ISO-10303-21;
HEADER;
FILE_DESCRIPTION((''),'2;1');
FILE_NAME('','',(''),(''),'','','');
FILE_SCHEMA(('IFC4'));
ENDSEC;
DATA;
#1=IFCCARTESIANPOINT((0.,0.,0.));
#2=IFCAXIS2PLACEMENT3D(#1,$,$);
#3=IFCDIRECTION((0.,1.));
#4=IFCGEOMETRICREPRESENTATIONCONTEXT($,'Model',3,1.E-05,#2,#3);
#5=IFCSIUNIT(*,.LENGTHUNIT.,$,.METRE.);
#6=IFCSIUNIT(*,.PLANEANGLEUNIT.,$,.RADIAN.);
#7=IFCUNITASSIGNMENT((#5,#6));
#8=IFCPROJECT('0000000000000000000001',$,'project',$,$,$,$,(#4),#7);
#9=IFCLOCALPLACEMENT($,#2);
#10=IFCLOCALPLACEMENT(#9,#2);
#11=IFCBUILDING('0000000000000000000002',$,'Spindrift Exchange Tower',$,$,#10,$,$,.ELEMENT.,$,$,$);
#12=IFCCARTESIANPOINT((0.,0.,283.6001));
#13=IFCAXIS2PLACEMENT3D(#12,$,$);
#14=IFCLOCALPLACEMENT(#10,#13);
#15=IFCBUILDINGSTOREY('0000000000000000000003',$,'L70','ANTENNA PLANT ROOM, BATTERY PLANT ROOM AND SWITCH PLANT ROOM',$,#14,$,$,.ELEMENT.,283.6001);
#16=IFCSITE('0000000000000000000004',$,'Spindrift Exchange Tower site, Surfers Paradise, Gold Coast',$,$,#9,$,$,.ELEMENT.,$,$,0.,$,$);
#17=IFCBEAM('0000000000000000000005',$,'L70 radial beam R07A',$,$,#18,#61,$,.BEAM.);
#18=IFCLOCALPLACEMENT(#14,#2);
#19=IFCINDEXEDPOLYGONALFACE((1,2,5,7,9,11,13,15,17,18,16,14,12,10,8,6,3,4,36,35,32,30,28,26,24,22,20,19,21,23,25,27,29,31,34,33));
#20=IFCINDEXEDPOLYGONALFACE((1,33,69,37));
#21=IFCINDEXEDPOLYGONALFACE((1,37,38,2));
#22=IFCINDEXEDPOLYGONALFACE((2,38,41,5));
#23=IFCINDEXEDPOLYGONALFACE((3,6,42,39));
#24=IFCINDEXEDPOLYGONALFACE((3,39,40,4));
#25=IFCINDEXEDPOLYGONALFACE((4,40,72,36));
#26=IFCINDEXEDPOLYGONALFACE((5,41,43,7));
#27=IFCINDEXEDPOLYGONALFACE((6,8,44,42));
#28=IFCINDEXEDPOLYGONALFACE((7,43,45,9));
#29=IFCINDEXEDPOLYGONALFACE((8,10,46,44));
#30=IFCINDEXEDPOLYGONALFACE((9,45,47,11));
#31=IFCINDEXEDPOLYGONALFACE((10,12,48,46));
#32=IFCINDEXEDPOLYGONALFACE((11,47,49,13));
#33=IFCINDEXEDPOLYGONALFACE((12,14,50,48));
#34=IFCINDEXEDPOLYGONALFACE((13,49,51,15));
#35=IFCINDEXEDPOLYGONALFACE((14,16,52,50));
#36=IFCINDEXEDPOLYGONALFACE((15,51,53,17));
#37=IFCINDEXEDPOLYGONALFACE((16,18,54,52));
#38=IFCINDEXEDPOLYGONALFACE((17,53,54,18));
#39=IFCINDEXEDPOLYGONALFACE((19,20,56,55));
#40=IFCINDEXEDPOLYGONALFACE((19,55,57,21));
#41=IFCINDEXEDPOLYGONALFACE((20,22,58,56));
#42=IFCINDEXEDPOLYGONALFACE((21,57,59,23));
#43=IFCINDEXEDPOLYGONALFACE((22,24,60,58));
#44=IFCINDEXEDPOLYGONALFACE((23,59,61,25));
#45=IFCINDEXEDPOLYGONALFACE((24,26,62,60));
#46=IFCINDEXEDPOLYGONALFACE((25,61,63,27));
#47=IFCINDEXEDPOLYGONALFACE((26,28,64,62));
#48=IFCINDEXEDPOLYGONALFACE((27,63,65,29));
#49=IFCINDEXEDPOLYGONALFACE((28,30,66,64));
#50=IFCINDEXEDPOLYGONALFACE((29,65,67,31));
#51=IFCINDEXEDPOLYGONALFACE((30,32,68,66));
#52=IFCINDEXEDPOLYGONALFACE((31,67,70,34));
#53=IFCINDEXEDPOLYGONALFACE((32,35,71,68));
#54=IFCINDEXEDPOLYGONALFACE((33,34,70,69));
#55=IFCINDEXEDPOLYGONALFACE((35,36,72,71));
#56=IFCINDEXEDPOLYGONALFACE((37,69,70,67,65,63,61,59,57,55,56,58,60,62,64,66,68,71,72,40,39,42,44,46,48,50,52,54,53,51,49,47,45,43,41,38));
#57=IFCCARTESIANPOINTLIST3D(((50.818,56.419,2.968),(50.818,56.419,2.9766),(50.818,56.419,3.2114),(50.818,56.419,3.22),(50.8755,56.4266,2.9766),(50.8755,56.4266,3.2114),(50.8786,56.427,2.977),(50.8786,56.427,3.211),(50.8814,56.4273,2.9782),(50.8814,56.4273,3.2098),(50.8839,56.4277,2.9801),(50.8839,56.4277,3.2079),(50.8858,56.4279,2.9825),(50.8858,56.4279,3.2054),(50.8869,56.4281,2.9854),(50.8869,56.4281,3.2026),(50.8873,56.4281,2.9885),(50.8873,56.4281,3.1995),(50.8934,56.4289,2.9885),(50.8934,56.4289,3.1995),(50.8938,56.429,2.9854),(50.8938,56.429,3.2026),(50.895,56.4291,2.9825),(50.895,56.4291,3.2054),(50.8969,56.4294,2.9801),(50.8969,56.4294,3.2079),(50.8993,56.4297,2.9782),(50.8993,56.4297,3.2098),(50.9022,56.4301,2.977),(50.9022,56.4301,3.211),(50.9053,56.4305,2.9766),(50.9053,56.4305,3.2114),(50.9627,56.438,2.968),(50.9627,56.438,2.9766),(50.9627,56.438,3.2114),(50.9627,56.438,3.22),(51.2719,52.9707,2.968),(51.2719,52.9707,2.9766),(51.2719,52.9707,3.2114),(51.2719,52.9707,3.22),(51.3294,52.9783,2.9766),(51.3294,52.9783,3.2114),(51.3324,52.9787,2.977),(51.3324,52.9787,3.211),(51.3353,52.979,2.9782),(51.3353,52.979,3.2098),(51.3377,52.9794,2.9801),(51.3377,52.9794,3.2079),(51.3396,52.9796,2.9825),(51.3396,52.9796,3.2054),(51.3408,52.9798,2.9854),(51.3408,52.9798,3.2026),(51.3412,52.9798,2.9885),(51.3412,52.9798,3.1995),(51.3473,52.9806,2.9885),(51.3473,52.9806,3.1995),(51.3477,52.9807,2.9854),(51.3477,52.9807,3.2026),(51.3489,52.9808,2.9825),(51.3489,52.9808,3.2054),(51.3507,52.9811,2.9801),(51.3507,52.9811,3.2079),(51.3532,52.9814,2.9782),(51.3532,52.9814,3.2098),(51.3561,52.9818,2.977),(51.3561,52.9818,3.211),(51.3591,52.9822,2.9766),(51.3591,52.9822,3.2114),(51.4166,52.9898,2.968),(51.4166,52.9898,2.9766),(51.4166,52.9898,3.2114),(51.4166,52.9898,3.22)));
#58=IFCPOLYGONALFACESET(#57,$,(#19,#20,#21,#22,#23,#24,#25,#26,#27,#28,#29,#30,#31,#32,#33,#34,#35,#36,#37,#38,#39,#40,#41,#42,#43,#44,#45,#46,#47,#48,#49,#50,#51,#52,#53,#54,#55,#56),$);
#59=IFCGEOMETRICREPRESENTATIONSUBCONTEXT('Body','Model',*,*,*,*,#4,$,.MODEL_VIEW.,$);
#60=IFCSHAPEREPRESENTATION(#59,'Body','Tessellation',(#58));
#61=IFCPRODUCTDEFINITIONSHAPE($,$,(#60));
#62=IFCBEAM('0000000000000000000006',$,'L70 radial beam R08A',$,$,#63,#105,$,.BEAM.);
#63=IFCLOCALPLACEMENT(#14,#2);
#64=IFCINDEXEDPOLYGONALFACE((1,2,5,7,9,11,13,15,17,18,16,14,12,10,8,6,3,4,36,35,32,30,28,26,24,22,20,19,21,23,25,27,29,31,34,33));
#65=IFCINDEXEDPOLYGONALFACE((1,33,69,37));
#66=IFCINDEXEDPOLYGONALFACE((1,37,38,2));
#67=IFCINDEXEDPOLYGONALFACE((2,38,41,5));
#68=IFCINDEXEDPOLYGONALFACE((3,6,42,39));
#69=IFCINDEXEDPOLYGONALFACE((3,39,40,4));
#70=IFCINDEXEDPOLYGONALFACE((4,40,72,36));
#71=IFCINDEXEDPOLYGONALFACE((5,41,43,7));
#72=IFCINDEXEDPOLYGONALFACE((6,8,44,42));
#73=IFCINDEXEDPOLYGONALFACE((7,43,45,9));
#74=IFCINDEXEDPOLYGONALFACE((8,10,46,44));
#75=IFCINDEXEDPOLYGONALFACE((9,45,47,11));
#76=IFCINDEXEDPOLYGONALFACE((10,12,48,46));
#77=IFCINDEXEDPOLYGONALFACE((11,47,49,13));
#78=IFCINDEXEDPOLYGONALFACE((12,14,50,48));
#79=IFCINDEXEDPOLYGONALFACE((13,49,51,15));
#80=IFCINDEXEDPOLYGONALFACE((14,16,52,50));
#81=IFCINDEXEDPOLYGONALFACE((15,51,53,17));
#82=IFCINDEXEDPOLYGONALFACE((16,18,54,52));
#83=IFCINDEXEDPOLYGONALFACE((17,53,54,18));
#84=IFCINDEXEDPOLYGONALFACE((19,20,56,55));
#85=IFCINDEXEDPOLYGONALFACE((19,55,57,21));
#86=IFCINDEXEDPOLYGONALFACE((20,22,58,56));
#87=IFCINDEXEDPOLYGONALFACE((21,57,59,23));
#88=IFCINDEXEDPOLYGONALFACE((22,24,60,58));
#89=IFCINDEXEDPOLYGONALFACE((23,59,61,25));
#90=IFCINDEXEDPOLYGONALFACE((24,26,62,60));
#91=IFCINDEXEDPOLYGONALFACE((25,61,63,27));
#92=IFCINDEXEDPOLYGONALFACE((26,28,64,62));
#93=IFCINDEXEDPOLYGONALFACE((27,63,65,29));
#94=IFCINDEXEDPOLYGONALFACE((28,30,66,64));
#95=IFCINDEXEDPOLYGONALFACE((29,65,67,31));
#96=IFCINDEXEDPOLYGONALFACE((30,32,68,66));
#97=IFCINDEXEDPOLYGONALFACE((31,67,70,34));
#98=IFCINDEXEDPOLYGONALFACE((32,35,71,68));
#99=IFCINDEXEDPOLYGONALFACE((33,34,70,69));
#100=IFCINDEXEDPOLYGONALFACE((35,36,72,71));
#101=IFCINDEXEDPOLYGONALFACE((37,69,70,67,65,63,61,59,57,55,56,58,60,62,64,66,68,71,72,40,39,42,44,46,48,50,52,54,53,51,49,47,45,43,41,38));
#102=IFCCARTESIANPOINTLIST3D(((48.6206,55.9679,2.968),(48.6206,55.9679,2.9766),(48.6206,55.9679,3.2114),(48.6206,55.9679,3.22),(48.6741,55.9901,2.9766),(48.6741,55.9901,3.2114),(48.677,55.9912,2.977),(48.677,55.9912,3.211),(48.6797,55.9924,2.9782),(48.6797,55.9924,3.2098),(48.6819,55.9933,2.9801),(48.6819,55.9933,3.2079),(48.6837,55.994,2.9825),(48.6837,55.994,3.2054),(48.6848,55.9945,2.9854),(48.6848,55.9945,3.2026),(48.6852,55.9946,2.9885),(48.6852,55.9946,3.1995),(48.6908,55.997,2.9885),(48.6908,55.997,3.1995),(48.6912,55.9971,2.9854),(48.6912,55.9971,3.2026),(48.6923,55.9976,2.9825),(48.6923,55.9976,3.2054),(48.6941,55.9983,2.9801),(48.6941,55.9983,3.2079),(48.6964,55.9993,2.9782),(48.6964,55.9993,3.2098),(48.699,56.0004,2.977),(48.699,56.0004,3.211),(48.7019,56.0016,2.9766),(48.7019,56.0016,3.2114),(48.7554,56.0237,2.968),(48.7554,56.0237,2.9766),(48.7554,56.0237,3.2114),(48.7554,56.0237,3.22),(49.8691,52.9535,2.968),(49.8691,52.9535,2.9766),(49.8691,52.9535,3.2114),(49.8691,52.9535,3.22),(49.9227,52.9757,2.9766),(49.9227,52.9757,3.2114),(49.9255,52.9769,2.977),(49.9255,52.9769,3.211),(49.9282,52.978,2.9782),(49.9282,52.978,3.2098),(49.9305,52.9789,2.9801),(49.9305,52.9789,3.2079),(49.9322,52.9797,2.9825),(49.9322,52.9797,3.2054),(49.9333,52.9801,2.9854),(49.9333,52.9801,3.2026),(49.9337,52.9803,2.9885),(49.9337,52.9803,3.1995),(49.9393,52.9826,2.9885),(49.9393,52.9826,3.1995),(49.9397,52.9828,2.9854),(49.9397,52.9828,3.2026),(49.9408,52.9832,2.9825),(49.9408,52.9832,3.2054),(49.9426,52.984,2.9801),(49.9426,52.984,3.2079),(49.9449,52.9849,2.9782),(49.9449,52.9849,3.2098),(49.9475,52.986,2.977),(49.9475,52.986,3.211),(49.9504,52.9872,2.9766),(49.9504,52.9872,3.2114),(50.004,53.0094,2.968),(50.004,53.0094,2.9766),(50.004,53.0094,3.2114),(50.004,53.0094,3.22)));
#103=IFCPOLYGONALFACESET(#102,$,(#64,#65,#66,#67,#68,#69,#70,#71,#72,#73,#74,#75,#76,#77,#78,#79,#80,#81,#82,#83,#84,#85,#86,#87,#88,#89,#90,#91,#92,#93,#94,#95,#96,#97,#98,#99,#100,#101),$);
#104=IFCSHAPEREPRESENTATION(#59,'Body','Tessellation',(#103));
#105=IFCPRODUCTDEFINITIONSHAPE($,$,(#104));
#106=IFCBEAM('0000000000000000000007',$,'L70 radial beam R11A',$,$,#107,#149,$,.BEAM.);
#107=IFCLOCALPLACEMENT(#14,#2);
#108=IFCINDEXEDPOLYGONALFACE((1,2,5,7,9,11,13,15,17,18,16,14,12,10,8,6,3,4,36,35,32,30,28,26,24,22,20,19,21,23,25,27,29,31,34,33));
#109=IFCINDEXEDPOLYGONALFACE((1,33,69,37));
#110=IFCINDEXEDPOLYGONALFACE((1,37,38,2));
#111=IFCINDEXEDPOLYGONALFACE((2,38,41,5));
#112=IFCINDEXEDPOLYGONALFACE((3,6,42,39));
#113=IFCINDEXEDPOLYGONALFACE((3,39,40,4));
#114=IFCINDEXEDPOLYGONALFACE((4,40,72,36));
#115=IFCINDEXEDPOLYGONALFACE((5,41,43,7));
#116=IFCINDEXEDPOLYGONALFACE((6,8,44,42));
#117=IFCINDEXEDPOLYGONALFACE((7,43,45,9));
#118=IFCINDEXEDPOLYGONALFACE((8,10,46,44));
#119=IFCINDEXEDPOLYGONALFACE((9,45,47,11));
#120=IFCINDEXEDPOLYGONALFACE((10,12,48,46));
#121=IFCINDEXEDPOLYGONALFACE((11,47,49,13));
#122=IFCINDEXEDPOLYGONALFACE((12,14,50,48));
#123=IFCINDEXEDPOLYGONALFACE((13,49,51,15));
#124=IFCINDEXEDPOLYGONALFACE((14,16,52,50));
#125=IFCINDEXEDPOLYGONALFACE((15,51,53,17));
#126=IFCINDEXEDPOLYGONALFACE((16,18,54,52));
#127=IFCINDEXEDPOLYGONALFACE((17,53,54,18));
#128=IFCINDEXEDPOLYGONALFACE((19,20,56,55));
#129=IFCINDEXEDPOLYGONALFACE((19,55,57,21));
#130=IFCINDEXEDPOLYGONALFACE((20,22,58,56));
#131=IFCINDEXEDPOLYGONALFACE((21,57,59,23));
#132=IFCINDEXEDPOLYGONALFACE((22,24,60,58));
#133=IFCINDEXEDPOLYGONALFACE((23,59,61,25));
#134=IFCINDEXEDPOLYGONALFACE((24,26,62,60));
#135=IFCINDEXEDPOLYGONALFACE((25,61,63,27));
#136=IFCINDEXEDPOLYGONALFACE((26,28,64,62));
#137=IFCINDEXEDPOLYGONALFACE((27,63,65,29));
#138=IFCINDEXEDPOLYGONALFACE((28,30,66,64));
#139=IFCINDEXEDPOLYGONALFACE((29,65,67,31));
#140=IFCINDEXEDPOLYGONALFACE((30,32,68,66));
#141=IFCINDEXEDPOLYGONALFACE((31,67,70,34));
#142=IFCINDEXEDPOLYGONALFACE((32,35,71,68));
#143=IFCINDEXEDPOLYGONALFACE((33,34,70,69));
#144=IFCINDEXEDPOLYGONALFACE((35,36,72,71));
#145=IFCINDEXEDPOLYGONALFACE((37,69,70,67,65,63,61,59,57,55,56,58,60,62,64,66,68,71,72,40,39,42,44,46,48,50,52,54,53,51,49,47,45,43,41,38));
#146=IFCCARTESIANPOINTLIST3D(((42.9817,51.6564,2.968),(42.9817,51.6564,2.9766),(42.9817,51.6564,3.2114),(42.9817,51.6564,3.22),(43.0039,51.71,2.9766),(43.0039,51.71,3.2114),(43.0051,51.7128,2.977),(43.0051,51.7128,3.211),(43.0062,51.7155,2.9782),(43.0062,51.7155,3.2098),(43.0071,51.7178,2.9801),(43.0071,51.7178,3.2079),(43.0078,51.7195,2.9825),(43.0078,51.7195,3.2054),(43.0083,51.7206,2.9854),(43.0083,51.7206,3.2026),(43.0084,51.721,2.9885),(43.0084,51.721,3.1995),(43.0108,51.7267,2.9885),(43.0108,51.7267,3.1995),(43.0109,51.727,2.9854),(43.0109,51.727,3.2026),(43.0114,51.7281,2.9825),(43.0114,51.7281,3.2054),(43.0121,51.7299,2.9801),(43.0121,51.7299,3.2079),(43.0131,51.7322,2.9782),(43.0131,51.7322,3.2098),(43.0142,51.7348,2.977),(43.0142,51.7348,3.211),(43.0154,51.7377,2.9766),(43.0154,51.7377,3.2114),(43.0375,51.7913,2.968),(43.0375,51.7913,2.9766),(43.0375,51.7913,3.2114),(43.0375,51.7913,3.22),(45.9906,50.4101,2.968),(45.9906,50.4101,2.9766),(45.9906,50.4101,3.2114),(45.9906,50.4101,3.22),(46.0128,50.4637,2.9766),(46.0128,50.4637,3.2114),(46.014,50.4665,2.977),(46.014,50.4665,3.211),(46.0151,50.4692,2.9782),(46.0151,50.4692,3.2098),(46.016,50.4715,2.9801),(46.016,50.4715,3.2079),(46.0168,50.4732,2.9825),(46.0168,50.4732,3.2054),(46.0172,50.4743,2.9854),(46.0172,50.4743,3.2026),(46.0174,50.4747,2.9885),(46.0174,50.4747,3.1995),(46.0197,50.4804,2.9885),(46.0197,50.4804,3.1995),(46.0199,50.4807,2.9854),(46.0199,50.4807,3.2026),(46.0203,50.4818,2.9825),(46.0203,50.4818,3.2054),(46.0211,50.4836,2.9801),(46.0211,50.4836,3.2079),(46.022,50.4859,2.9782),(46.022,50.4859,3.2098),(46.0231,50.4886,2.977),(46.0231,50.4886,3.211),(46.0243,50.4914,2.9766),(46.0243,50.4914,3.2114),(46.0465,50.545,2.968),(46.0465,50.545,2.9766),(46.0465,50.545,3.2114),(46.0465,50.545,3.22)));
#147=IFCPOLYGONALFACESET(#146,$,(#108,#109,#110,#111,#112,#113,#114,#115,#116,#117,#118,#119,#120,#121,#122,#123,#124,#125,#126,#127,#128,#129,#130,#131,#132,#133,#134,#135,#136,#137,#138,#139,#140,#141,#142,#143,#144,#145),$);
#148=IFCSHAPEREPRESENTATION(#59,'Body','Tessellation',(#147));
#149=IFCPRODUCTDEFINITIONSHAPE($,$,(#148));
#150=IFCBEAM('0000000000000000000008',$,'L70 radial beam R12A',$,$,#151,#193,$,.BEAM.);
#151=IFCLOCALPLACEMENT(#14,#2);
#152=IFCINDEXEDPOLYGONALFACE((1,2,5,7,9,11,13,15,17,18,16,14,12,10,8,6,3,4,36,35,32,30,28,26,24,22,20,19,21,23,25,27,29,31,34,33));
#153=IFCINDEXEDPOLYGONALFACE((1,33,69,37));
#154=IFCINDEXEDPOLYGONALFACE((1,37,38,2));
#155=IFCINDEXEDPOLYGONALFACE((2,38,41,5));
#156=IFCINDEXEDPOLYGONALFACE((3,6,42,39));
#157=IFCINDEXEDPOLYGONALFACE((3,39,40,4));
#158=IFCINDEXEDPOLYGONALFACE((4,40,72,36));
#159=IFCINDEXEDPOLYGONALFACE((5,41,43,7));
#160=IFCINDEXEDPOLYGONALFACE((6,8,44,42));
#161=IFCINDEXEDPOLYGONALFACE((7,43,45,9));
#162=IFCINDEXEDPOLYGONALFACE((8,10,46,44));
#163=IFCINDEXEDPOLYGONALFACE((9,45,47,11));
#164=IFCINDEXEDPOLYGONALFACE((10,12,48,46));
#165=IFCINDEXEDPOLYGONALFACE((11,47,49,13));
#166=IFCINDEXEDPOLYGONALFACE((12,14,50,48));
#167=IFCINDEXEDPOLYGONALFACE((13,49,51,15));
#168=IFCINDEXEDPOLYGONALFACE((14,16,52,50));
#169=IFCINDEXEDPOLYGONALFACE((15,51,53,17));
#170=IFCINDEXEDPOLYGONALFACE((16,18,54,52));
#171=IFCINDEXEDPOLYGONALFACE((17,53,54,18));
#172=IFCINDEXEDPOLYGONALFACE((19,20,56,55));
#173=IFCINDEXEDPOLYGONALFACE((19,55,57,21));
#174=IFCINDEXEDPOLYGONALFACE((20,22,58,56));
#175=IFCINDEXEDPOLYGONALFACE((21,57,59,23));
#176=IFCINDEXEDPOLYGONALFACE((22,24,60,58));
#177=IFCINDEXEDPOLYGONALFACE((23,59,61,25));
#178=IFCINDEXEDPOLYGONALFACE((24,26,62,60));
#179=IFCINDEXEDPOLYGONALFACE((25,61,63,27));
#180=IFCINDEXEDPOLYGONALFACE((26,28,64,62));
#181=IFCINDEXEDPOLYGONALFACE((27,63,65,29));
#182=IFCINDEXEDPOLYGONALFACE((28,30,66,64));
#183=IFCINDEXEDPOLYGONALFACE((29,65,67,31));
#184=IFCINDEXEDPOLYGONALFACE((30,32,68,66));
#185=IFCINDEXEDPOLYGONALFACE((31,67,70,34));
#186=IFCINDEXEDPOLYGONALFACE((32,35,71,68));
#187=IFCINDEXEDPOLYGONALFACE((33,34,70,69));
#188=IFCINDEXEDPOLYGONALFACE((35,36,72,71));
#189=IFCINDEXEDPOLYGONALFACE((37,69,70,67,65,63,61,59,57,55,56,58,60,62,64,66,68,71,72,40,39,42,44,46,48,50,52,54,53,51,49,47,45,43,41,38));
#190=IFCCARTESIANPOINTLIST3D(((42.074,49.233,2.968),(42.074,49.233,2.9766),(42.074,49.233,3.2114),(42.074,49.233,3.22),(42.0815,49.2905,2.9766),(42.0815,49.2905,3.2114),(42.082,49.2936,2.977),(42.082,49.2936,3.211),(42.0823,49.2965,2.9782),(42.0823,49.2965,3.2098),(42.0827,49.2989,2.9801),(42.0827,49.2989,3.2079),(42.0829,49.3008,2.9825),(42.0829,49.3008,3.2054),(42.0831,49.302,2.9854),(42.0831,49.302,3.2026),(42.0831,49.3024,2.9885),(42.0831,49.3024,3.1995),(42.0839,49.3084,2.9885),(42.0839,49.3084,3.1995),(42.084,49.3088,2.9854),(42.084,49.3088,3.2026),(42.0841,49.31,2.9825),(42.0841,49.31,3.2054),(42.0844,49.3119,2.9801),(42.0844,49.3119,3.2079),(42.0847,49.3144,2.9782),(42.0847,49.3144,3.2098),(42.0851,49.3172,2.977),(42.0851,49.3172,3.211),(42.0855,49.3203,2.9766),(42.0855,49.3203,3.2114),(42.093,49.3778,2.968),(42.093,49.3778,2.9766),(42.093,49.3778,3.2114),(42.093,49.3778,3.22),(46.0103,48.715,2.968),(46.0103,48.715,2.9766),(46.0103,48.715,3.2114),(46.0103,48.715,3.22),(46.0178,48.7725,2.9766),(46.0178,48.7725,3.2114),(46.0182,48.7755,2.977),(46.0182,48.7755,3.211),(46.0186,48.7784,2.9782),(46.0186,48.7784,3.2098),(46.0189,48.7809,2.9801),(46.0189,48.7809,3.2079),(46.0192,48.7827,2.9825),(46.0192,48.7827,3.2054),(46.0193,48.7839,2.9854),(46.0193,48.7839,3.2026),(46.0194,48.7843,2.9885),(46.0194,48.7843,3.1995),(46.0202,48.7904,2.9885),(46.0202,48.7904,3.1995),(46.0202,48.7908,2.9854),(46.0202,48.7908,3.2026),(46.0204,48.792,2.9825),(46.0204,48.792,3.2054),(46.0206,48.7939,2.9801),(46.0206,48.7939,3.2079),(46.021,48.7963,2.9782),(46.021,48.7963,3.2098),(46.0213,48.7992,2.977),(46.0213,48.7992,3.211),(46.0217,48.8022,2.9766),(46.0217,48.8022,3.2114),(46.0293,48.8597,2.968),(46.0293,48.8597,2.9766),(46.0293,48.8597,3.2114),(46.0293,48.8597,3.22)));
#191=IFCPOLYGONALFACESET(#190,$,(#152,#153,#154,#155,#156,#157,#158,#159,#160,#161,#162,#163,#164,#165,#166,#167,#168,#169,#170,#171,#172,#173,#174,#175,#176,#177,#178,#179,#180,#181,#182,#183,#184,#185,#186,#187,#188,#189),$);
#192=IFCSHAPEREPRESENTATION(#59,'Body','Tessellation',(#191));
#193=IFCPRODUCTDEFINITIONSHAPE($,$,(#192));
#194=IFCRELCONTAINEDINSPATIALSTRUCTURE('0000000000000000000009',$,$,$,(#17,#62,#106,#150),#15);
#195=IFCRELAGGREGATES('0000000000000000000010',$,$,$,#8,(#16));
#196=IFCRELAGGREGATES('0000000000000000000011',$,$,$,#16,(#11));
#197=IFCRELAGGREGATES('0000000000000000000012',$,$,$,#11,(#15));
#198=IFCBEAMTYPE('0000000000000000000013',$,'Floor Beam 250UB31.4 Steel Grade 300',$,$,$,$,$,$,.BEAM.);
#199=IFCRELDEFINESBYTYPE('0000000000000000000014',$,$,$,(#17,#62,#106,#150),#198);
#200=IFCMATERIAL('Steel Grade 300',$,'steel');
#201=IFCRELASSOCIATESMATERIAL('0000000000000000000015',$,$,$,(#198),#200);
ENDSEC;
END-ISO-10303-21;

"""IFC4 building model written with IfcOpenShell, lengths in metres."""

from ifc_helpers import new_model, si_unit, direction, frame, origin, origin_2d, place, context, subcontext, project, spatial, i_section, extrude, source, transform, mapped, material, material_profile, profile_set, type_object, element, save


model = new_model("IFC4")

# Units and contexts
model_context = context("Model", 3, precision=1e-05, world=origin(), true_north=direction((0.0, 1.0)))
body_context = subcontext(model_context, "Body", "Model", "MODEL_VIEW")
ifc_project = project(units=[si_unit("LENGTHUNIT", "METRE"), si_unit("PLANEANGLEUNIT", "RADIAN")], contexts=[model_context])

# Site, building, storey
site_placement = place(None, origin())
site = spatial("IfcSite", under=ifc_project, at=site_placement, Name="Spindrift Exchange Tower site, Surfers Paradise, Gold Coast", CompositionType="ELEMENT", RefElevation=0.0)
building_placement = place(site_placement, origin())
building = spatial("IfcBuilding", under=site, at=building_placement, Name="Spindrift Exchange Tower", CompositionType="ELEMENT")
storey_placement = place(building_placement, frame((0.0, 0.0, 283.6001)))
storey = spatial("IfcBuildingStorey", under=building, at=storey_placement, Name="L70", Description="ANTENNA PLANT ROOM, BATTERY PLANT ROOM AND SWITCH PLANT ROOM", CompositionType="ELEMENT", Elevation=283.6001)

# Beams
ifc_material_1 = material(Name="Steel Grade 300", Category="steel")
ifc_material_profile_1 = material_profile(ifc_material_1, i_section(OverallWidth=0.146, OverallDepth=0.252, WebThickness=0.0061, FlangeThickness=0.0085, FilletRadius=0.012, at=origin_2d()), Name="250UB31.4")
ifc_profile_set_1 = profile_set([ifc_material_profile_1], Name="Steel Grade 300")
beam_type_1 = type_object("IfcBeamType", Name="Floor Beam 250UB31.4 Steel Grade 300", PredefinedType="BEAM", material=ifc_profile_set_1)
shared_shape_1 = source(origin(), body_context, "Body", "SweptSolid", [
    extrude(i_section(OverallWidth=0.146, OverallDepth=0.252, WebThickness=0.0061, FlangeThickness=0.0085, FilletRadius=0.012, at=origin_2d()), origin(), (0.0, 0.0, 1.0), 3.478),
])
beam_1_placement = place(storey_placement, frame((51.3442, 52.9802, 3.094), z_axis=(-0.130494, 0.991449, 0.0), x_axis=(-0.991449, -0.130494, 0.0)))
element("IfcBeam", 1, at=beam_1_placement, inside=storey, type_object=beam_type_1, Name="L70 radial beam R07A", PredefinedType="BEAM", context=body_context, shape_type="MappedRepresentation", body=[
    mapped(shared_shape_1, transform((0.0, 0.0, 0.0), scale=1.0)),
])
shared_shape_2 = source(origin(), body_context, "Body", "SweptSolid", [
    extrude(i_section(OverallWidth=0.146, OverallDepth=0.252, WebThickness=0.0061, FlangeThickness=0.0085, FilletRadius=0.012, at=origin_2d()), origin(), (0.0, 0.0, 1.0), 3.2627),
])
beam_2_placement = place(storey_placement, frame((49.9365, 52.9814, 3.094), z_axis=(-0.382665, 0.923887, 0.0), x_axis=(-0.923887, -0.382665, 0.0)))
element("IfcBeam", 2, at=beam_2_placement, inside=storey, type_object=beam_type_1, Name="L70 radial beam R08A", PredefinedType="BEAM", context=body_context, shape_type="MappedRepresentation", body=[
    mapped(shared_shape_2, transform((0.0, 0.0, 0.0), scale=1.0)),
])
shared_shape_3 = source(origin(), body_context, "Body", "SweptSolid", [
    extrude(i_section(OverallWidth=0.146, OverallDepth=0.252, WebThickness=0.0061, FlangeThickness=0.0085, FilletRadius=0.012, at=origin_2d()), origin(), (0.0, 0.0, 1.0), 3.2568),
])
beam_3_placement = place(storey_placement, frame((46.0186, 50.4775, 3.094), z_axis=(-0.923884, 0.382672, 0.0), x_axis=(-0.382672, -0.923884, 0.0)))
element("IfcBeam", 3, at=beam_3_placement, inside=storey, type_object=beam_type_1, Name="L70 radial beam R11A", PredefinedType="BEAM", context=body_context, shape_type="MappedRepresentation", body=[
    mapped(shared_shape_3, transform((0.0, 0.0, 0.0), scale=1.0)),
])
shared_shape_4 = source(origin(), body_context, "Body", "SweptSolid", [
    extrude(i_section(OverallWidth=0.146, OverallDepth=0.252, WebThickness=0.0061, FlangeThickness=0.0085, FilletRadius=0.012, at=origin_2d()), origin(), (0.0, 0.0, 1.0), 3.9702),
])
beam_4_placement = place(storey_placement, frame((46.0198, 48.7874, 3.094), z_axis=(-0.99145, 0.130488, 0.0), x_axis=(-0.130488, -0.99145, 0.0)))
element("IfcBeam", 4, at=beam_4_placement, inside=storey, type_object=beam_type_1, Name="L70 radial beam R12A", PredefinedType="BEAM", context=body_context, shape_type="MappedRepresentation", body=[
    mapped(shared_shape_4, transform((0.0, 0.0, 0.0), scale=1.0)),
])

save(model, "model.ifc")
